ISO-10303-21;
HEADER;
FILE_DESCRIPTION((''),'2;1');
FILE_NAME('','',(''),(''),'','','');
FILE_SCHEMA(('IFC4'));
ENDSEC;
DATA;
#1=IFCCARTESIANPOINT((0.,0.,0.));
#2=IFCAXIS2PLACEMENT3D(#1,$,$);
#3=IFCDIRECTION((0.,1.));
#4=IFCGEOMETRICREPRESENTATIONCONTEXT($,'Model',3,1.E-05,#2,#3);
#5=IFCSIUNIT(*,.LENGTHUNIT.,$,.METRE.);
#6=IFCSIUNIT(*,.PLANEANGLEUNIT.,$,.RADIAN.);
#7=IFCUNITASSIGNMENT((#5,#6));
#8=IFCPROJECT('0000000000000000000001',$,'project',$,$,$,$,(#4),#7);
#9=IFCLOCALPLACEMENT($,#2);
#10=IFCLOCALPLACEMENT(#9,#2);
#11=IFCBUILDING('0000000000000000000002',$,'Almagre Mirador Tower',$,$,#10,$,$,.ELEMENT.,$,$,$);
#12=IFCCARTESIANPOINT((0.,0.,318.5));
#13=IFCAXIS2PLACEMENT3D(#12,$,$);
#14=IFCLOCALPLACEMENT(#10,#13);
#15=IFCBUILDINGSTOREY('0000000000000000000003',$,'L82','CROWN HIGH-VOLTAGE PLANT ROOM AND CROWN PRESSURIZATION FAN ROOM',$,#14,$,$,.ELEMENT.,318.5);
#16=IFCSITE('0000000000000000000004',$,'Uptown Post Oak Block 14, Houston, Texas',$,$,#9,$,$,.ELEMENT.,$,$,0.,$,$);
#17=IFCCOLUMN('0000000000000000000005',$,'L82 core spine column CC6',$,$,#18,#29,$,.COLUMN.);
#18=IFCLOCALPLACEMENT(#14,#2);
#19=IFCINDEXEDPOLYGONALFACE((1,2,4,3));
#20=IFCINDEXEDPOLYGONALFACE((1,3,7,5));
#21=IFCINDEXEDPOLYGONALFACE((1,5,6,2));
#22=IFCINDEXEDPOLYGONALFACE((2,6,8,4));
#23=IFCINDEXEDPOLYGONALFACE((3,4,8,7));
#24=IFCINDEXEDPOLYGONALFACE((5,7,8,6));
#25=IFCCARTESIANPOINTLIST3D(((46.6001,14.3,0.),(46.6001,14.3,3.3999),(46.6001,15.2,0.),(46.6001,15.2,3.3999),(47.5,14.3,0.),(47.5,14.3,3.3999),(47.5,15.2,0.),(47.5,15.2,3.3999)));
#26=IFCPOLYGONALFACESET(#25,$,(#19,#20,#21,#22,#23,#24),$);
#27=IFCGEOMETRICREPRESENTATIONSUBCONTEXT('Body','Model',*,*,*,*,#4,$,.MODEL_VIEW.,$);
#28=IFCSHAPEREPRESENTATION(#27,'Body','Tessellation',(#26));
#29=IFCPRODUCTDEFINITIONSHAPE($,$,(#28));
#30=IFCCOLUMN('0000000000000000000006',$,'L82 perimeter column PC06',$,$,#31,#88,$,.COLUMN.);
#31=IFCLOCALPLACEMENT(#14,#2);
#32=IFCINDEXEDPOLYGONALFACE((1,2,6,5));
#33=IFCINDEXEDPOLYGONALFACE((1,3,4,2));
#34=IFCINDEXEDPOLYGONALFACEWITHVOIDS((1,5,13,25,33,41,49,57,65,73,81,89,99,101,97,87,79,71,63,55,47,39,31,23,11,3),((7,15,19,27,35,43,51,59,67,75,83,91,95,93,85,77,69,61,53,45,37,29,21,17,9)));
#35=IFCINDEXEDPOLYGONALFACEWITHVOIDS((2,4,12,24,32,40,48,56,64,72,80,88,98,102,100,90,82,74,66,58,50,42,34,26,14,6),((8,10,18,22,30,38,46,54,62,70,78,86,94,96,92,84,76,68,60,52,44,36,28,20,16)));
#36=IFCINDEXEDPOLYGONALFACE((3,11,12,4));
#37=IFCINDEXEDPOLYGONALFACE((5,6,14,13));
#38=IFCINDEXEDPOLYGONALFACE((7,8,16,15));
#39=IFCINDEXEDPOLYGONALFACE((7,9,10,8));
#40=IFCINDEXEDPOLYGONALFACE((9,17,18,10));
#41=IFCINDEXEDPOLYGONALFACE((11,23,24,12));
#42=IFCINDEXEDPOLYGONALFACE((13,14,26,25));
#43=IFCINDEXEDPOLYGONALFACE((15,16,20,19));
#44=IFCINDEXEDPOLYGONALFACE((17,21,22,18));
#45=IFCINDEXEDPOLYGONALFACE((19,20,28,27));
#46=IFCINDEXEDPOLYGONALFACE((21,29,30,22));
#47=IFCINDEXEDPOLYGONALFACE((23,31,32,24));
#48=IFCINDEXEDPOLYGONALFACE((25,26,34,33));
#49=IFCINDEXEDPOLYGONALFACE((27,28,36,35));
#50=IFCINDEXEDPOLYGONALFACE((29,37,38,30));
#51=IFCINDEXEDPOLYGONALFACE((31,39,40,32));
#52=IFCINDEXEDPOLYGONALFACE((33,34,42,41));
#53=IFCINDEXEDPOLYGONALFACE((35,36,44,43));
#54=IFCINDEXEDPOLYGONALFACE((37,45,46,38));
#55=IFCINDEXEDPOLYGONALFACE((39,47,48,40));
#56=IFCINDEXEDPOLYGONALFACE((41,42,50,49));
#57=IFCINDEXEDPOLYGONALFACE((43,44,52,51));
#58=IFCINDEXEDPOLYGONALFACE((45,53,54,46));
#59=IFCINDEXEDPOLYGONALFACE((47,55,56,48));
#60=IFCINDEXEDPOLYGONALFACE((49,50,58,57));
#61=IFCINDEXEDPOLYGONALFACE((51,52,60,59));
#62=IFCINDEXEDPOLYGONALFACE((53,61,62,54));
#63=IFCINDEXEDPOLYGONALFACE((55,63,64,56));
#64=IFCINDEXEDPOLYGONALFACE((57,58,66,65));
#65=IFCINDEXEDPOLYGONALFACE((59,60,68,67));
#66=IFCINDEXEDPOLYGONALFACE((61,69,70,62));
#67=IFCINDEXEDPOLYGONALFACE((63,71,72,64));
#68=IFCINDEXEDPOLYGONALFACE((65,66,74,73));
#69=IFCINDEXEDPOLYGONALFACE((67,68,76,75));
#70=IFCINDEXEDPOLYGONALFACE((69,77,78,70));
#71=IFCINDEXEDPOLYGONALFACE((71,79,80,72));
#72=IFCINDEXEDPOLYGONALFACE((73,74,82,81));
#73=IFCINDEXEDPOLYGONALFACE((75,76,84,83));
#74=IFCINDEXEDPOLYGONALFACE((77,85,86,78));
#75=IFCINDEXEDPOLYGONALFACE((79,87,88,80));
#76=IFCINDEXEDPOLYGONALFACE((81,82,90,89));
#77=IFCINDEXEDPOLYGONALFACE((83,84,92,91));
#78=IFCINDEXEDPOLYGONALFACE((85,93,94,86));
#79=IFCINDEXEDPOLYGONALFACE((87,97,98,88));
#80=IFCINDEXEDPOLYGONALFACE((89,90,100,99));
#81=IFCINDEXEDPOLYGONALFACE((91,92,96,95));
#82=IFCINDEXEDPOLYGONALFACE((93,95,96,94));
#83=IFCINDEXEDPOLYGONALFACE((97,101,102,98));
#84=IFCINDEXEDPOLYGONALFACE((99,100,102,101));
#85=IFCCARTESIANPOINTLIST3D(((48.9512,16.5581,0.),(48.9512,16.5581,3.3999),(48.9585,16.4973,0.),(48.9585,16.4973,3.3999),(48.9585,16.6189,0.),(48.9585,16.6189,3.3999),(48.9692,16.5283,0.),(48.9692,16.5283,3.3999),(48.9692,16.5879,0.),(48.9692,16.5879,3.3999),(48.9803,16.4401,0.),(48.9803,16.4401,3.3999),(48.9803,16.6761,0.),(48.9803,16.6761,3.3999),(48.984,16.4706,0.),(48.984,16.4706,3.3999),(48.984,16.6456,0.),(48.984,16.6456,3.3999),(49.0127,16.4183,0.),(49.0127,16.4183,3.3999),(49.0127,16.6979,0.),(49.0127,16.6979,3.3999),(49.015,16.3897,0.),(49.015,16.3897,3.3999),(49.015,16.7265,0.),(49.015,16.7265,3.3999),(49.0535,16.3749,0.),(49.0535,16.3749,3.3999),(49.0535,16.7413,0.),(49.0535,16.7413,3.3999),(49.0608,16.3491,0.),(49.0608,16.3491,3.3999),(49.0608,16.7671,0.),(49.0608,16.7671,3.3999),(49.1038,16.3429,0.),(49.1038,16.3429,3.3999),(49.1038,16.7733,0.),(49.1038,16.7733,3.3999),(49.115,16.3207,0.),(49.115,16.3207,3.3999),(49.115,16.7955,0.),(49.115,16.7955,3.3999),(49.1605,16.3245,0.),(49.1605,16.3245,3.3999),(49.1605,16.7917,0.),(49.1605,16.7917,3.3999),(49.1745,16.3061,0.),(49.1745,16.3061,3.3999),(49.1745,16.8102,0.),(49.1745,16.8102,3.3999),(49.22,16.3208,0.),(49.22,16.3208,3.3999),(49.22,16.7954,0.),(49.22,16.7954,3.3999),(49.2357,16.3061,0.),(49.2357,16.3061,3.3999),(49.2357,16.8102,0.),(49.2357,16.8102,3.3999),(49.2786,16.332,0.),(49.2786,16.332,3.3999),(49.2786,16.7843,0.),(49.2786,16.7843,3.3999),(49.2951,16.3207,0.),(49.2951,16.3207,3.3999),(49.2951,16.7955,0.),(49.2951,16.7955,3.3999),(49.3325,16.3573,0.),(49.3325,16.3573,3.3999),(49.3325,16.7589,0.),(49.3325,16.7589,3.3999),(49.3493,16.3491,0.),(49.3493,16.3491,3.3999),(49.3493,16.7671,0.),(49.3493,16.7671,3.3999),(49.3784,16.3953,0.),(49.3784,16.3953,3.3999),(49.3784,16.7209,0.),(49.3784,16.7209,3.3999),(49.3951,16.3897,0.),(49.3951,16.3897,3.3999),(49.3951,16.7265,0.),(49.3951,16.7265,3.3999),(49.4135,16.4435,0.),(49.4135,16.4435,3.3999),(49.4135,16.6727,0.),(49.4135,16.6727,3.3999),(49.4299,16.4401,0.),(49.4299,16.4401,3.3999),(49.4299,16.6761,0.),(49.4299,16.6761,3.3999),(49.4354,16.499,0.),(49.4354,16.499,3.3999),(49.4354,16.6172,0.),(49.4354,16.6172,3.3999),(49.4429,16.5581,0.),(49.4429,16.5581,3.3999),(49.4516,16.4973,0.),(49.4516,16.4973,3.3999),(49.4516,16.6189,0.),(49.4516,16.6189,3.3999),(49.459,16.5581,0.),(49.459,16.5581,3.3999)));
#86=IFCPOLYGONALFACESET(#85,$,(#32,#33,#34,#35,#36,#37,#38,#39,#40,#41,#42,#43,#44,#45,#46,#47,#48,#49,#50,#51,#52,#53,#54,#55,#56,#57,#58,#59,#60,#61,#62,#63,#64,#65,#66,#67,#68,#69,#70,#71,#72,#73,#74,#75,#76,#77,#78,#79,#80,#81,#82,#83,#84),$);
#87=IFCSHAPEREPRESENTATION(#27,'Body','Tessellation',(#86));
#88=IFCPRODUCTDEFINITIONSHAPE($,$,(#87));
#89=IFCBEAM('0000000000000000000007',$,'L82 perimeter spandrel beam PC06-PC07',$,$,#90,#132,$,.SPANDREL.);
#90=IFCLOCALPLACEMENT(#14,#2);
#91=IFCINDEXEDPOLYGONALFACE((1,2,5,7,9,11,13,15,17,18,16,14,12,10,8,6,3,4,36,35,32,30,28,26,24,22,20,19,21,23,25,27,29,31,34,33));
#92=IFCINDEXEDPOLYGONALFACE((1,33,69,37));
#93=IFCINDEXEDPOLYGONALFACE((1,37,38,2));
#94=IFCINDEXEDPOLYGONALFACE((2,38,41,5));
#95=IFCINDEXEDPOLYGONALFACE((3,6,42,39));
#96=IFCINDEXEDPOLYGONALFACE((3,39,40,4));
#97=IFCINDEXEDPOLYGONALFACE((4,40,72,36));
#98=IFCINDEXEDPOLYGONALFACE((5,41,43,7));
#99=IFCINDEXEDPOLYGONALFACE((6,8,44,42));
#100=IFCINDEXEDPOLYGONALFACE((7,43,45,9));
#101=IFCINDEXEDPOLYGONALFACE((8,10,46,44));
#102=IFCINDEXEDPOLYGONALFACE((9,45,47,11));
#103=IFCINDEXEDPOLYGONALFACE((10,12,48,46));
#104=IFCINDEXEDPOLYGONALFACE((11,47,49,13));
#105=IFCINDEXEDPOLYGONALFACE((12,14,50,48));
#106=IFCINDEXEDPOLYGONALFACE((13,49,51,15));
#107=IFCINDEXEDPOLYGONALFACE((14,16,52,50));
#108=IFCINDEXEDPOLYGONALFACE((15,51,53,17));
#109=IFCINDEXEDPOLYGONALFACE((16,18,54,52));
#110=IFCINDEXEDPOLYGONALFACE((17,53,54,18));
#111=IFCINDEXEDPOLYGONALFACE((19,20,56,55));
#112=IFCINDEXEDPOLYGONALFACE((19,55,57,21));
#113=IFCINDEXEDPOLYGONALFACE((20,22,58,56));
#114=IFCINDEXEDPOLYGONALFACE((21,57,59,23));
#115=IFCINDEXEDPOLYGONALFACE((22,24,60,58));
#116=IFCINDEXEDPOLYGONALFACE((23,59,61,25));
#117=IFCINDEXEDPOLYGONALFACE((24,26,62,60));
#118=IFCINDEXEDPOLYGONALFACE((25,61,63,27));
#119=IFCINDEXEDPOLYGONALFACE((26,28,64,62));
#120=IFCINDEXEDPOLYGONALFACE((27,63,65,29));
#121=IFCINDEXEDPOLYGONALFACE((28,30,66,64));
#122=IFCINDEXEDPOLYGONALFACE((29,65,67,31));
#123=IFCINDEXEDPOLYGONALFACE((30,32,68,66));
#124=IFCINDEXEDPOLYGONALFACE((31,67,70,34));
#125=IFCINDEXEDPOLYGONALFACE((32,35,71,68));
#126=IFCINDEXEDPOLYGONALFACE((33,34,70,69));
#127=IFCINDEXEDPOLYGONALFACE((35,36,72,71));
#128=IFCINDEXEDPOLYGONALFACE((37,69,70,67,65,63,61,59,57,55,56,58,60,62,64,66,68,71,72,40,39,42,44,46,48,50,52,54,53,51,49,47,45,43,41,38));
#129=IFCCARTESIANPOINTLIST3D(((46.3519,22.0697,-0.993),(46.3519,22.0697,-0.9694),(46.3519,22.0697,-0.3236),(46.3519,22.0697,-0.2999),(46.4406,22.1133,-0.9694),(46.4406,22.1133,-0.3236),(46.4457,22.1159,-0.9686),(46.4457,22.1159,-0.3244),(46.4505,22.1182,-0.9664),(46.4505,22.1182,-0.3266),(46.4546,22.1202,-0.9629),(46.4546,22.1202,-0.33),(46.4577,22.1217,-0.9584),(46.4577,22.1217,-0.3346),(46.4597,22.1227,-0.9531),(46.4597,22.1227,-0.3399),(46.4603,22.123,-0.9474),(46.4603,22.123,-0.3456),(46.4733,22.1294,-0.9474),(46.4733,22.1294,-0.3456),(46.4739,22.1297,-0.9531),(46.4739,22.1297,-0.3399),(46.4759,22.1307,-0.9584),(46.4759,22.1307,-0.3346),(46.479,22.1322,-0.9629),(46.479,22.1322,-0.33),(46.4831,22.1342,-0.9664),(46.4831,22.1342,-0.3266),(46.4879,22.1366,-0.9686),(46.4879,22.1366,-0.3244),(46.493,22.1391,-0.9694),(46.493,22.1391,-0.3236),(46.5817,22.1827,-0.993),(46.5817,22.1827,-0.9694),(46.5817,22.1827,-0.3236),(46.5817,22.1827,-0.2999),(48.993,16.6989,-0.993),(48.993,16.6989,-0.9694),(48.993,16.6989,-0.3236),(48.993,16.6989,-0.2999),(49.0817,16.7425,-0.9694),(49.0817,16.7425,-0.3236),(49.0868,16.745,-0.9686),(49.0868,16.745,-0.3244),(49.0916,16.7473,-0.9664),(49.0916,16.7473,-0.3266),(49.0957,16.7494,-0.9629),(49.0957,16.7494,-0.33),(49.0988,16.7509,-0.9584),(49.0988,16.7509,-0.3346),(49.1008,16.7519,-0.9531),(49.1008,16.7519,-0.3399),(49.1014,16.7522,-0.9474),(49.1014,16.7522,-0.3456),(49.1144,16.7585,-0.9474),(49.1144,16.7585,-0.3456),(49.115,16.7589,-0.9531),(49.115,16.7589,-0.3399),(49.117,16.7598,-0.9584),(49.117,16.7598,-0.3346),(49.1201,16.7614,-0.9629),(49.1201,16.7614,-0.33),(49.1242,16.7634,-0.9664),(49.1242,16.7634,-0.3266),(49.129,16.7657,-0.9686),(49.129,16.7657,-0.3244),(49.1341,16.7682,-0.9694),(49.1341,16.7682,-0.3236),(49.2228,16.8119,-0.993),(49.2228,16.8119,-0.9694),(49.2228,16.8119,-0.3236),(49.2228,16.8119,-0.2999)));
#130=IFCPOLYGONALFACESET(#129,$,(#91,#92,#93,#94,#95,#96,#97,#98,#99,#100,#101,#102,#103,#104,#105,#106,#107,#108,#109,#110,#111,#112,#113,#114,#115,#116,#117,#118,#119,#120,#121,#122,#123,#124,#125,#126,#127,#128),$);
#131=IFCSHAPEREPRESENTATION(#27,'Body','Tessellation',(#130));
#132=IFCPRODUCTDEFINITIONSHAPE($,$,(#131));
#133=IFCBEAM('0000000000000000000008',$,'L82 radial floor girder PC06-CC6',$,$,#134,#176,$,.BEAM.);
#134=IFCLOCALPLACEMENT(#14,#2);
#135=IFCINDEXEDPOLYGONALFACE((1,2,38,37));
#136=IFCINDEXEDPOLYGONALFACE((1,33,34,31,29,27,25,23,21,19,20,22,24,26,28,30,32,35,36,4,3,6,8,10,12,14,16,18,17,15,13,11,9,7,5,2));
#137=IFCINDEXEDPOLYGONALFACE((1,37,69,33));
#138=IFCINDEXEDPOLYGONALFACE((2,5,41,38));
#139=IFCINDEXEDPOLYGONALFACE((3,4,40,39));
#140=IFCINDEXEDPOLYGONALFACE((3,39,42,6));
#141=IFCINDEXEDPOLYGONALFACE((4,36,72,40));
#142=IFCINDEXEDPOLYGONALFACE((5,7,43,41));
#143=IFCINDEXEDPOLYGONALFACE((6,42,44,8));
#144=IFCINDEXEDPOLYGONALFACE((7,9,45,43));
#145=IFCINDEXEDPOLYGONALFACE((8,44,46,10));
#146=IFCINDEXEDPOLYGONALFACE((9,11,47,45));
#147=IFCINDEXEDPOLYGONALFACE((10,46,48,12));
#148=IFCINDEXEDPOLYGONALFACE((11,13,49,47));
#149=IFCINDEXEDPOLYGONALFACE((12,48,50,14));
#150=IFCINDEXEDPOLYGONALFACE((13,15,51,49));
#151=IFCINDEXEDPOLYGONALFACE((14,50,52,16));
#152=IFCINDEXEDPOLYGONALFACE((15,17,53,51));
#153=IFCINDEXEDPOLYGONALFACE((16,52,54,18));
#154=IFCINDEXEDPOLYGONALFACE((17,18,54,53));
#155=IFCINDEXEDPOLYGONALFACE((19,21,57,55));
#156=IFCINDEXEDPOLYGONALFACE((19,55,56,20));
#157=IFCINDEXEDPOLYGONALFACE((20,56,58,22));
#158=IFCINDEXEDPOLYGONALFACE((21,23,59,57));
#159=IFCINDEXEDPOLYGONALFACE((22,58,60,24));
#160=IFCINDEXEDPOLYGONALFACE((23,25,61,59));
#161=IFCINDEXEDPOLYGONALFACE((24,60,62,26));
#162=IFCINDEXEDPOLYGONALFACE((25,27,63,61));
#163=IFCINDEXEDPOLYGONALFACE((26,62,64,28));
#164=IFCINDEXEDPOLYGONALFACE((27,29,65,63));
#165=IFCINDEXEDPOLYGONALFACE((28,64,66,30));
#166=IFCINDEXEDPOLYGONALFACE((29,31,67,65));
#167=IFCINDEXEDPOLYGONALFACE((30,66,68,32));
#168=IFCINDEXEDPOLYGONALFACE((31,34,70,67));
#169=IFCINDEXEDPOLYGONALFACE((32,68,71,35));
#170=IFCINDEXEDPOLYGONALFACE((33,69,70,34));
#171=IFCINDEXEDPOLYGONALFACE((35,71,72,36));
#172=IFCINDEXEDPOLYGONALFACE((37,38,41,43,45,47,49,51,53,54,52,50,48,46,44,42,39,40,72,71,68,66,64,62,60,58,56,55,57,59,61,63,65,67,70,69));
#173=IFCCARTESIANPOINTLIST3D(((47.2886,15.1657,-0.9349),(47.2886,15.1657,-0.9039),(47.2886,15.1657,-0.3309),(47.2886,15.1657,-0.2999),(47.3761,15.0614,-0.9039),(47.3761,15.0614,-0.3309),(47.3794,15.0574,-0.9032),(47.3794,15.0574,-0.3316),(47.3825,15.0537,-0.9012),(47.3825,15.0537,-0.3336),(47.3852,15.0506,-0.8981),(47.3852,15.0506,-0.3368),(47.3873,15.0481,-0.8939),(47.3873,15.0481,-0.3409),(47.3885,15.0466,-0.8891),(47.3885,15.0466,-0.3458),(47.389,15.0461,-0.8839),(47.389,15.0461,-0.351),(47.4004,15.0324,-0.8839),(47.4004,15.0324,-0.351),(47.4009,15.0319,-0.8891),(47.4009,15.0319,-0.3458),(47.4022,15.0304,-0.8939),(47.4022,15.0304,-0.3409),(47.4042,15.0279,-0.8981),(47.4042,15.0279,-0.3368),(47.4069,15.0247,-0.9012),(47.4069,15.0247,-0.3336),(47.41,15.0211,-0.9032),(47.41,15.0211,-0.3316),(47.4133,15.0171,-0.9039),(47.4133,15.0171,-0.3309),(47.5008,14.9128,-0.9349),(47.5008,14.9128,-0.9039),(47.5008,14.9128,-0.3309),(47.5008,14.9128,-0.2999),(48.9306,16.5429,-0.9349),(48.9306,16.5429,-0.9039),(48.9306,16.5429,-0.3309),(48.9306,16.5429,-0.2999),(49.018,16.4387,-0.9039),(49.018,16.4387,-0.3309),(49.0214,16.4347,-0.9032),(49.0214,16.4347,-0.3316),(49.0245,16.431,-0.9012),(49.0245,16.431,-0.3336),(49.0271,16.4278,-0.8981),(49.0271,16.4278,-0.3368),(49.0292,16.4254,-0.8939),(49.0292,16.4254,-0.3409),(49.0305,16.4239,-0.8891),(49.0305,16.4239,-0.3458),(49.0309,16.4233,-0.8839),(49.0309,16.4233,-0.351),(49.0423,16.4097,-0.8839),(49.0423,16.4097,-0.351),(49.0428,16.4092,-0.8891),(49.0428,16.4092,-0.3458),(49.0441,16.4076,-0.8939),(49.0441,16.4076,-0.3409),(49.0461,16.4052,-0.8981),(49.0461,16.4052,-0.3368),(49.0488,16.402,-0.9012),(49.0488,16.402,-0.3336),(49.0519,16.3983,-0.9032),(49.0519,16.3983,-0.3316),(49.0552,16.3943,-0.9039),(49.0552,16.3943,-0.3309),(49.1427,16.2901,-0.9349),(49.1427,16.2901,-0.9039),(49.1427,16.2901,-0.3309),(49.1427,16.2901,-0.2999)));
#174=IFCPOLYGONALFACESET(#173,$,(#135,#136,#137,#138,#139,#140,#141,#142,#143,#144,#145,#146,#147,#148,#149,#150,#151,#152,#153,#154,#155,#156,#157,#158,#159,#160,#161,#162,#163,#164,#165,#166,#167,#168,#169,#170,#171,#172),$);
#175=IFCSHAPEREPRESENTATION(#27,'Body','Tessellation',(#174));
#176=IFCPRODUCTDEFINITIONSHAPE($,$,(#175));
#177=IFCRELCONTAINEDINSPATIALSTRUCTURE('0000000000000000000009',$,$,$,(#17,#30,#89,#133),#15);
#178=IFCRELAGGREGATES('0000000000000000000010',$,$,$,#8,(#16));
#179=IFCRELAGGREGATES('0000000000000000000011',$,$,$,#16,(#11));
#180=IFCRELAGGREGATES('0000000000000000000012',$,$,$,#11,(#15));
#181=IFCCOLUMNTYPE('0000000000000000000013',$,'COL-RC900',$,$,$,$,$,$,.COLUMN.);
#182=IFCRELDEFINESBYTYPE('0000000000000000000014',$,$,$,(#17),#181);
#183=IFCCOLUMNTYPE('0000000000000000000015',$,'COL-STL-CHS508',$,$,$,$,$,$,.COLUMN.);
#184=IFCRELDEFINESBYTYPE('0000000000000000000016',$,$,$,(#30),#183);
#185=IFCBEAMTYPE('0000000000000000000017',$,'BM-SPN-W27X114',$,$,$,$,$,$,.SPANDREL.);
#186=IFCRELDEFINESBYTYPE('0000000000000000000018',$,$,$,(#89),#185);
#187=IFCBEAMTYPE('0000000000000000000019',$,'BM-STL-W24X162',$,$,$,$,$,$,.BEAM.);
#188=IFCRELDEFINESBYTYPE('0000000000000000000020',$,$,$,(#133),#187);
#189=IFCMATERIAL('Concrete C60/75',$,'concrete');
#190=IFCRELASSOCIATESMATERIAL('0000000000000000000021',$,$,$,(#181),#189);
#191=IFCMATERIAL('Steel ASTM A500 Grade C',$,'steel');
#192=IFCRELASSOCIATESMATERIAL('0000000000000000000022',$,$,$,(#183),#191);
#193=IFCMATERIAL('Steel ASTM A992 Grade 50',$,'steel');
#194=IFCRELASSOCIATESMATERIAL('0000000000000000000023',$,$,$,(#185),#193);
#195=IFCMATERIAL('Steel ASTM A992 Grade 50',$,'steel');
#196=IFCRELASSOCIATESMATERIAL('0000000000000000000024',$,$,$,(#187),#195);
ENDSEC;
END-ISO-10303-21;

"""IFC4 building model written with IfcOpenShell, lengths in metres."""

from ifc_helpers import new_model, si_unit, direction, frame, origin, origin_2d, place, context, subcontext, project, spatial, rectangle, hollow_circle, i_section, extrude, material, material_profile, profile_set, type_object, element, save


model = new_model("IFC4")

# Units and contexts
model_context = context("Model", 3, precision=1e-05, world=origin(), true_north=direction((0.0, 1.0)))
body_context = subcontext(model_context, "Body", "Model", "MODEL_VIEW")
ifc_project = project(units=[si_unit("LENGTHUNIT", "METRE"), si_unit("PLANEANGLEUNIT", "RADIAN")], contexts=[model_context])

# Site, building, storey
site_placement = place(None, origin())
site = spatial("IfcSite", under=ifc_project, at=site_placement, Name="Uptown Post Oak Block 14, Houston, Texas", CompositionType="ELEMENT", RefElevation=0.0)
building_placement = place(site_placement, origin())
building = spatial("IfcBuilding", under=site, at=building_placement, Name="Almagre Mirador Tower", CompositionType="ELEMENT")
storey_placement = place(building_placement, frame((0.0, 0.0, 318.5)))
storey = spatial("IfcBuildingStorey", under=building, at=storey_placement, Name="L82", Description="CROWN HIGH-VOLTAGE PLANT ROOM AND CROWN PRESSURIZATION FAN ROOM", CompositionType="ELEMENT", Elevation=318.5)

# Columns
ifc_material_1 = material(Name="Concrete C60/75", Category="concrete")
ifc_material_profile_1 = material_profile(ifc_material_1, rectangle(XDim=0.8999, YDim=0.8999, at=origin_2d()), Name="RC900X900")
ifc_profile_set_1 = profile_set([ifc_material_profile_1], Name="Concrete C60/75")
column_type_1 = type_object("IfcColumnType", Name="COL-RC900", PredefinedType="COLUMN", material=ifc_profile_set_1)
column_1_placement = place(storey_placement, frame((47.05, 14.75, 0.0), z_axis=(0.0, 0.0, 1.0), x_axis=(1.0, 0.0, 0.0)))
element("IfcColumn", 1, at=column_1_placement, inside=storey, type_object=column_type_1, Name="L82 core spine column CC6", PredefinedType="COLUMN", context=body_context, shape_type="SweptSolid", body=[
    extrude(rectangle(XDim=0.8999, YDim=0.8999, at=origin_2d()), origin(), (0.0, 0.0, 1.0), 3.3999),
])
ifc_material_2 = material(Name="Steel ASTM A500 Grade C", Category="steel")
ifc_material_profile_2 = material_profile(ifc_material_2, hollow_circle(Radius=0.2539, WallThickness=0.0161, at=origin_2d()), Name="CHS508X16")
ifc_profile_set_2 = profile_set([ifc_material_profile_2], Name="Steel ASTM A500 Grade C")
column_type_2 = type_object("IfcColumnType", Name="COL-STL-CHS508", PredefinedType="COLUMN", material=ifc_profile_set_2)
column_2_placement = place(storey_placement, frame((49.2051, 16.5581, 0.0), z_axis=(0.0, 0.0, 1.0), x_axis=(1.0, 0.0, 0.0)))
element("IfcColumn", 2, at=column_2_placement, inside=storey, type_object=column_type_2, Name="L82 perimeter column PC06", PredefinedType="COLUMN", context=body_context, shape_type="SweptSolid", body=[
    extrude(hollow_circle(Radius=0.2539, WallThickness=0.0161, at=origin_2d()), origin(), (0.0, 0.0, 1.0), 3.3999),
])

# Beams
ifc_material_3 = material(Name="Steel ASTM A992 Grade 50", Category="steel")
ifc_material_profile_3 = material_profile(ifc_material_3, i_section(OverallWidth=0.2561, OverallDepth=0.6931, WebThickness=0.0144, FlangeThickness=0.0237, FilletRadius=0.022, at=origin_2d()), Name="W27X114")
ifc_profile_set_3 = profile_set([ifc_material_profile_3], Name="Steel ASTM A992 Grade 50")
beam_type_1 = type_object("IfcBeamType", Name="BM-SPN-W27X114", PredefinedType="SPANDREL", material=ifc_profile_set_3)
beam_1_placement = place(storey_placement, frame((49.1079, 16.7554, -0.6465), z_axis=(-0.441281, 0.897369, 0.0), x_axis=(-0.897369, -0.441281, 0.0)))
element("IfcBeam", 3, at=beam_1_placement, inside=storey, type_object=beam_type_1, Name="L82 perimeter spandrel beam PC06-PC07", PredefinedType="SPANDREL", context=body_context, shape_type="SweptSolid", body=[
    extrude(i_section(OverallWidth=0.2561, OverallDepth=0.6931, WebThickness=0.0144, FlangeThickness=0.0237, FilletRadius=0.022, at=origin_2d()), origin(), (0.0, 0.0, 1.0), 5.9851),
])
ifc_material_4 = material(Name="Steel ASTM A992 Grade 50", Category="steel")
ifc_material_profile_4 = material_profile(ifc_material_4, i_section(OverallWidth=0.3301, OverallDepth=0.635, WebThickness=0.0178, FlangeThickness=0.031, FilletRadius=0.02, at=origin_2d()), Name="W24X162")
ifc_profile_set_4 = profile_set([ifc_material_profile_4], Name="Steel ASTM A992 Grade 50")
beam_type_2 = type_object("IfcBeamType", Name="BM-STL-W24X162", PredefinedType="BEAM", material=ifc_profile_set_4)
beam_2_placement = place(storey_placement, frame((49.0366, 16.4165, -0.6174), z_axis=(-0.766154, -0.642658, 0.0), x_axis=(0.642658, -0.766154, 0.0)))
element("IfcBeam", 4, at=beam_2_placement, inside=storey, type_object=beam_type_2, Name="L82 radial floor girder PC06-CC6", PredefinedType="BEAM", context=body_context, shape_type="SweptSolid", body=[
    extrude(i_section(OverallWidth=0.3301, OverallDepth=0.635, WebThickness=0.0178, FlangeThickness=0.031, FilletRadius=0.02, at=origin_2d()), origin(), (0.0, 0.0, 1.0), 2.1431),
])

save(model, "model.ifc")
